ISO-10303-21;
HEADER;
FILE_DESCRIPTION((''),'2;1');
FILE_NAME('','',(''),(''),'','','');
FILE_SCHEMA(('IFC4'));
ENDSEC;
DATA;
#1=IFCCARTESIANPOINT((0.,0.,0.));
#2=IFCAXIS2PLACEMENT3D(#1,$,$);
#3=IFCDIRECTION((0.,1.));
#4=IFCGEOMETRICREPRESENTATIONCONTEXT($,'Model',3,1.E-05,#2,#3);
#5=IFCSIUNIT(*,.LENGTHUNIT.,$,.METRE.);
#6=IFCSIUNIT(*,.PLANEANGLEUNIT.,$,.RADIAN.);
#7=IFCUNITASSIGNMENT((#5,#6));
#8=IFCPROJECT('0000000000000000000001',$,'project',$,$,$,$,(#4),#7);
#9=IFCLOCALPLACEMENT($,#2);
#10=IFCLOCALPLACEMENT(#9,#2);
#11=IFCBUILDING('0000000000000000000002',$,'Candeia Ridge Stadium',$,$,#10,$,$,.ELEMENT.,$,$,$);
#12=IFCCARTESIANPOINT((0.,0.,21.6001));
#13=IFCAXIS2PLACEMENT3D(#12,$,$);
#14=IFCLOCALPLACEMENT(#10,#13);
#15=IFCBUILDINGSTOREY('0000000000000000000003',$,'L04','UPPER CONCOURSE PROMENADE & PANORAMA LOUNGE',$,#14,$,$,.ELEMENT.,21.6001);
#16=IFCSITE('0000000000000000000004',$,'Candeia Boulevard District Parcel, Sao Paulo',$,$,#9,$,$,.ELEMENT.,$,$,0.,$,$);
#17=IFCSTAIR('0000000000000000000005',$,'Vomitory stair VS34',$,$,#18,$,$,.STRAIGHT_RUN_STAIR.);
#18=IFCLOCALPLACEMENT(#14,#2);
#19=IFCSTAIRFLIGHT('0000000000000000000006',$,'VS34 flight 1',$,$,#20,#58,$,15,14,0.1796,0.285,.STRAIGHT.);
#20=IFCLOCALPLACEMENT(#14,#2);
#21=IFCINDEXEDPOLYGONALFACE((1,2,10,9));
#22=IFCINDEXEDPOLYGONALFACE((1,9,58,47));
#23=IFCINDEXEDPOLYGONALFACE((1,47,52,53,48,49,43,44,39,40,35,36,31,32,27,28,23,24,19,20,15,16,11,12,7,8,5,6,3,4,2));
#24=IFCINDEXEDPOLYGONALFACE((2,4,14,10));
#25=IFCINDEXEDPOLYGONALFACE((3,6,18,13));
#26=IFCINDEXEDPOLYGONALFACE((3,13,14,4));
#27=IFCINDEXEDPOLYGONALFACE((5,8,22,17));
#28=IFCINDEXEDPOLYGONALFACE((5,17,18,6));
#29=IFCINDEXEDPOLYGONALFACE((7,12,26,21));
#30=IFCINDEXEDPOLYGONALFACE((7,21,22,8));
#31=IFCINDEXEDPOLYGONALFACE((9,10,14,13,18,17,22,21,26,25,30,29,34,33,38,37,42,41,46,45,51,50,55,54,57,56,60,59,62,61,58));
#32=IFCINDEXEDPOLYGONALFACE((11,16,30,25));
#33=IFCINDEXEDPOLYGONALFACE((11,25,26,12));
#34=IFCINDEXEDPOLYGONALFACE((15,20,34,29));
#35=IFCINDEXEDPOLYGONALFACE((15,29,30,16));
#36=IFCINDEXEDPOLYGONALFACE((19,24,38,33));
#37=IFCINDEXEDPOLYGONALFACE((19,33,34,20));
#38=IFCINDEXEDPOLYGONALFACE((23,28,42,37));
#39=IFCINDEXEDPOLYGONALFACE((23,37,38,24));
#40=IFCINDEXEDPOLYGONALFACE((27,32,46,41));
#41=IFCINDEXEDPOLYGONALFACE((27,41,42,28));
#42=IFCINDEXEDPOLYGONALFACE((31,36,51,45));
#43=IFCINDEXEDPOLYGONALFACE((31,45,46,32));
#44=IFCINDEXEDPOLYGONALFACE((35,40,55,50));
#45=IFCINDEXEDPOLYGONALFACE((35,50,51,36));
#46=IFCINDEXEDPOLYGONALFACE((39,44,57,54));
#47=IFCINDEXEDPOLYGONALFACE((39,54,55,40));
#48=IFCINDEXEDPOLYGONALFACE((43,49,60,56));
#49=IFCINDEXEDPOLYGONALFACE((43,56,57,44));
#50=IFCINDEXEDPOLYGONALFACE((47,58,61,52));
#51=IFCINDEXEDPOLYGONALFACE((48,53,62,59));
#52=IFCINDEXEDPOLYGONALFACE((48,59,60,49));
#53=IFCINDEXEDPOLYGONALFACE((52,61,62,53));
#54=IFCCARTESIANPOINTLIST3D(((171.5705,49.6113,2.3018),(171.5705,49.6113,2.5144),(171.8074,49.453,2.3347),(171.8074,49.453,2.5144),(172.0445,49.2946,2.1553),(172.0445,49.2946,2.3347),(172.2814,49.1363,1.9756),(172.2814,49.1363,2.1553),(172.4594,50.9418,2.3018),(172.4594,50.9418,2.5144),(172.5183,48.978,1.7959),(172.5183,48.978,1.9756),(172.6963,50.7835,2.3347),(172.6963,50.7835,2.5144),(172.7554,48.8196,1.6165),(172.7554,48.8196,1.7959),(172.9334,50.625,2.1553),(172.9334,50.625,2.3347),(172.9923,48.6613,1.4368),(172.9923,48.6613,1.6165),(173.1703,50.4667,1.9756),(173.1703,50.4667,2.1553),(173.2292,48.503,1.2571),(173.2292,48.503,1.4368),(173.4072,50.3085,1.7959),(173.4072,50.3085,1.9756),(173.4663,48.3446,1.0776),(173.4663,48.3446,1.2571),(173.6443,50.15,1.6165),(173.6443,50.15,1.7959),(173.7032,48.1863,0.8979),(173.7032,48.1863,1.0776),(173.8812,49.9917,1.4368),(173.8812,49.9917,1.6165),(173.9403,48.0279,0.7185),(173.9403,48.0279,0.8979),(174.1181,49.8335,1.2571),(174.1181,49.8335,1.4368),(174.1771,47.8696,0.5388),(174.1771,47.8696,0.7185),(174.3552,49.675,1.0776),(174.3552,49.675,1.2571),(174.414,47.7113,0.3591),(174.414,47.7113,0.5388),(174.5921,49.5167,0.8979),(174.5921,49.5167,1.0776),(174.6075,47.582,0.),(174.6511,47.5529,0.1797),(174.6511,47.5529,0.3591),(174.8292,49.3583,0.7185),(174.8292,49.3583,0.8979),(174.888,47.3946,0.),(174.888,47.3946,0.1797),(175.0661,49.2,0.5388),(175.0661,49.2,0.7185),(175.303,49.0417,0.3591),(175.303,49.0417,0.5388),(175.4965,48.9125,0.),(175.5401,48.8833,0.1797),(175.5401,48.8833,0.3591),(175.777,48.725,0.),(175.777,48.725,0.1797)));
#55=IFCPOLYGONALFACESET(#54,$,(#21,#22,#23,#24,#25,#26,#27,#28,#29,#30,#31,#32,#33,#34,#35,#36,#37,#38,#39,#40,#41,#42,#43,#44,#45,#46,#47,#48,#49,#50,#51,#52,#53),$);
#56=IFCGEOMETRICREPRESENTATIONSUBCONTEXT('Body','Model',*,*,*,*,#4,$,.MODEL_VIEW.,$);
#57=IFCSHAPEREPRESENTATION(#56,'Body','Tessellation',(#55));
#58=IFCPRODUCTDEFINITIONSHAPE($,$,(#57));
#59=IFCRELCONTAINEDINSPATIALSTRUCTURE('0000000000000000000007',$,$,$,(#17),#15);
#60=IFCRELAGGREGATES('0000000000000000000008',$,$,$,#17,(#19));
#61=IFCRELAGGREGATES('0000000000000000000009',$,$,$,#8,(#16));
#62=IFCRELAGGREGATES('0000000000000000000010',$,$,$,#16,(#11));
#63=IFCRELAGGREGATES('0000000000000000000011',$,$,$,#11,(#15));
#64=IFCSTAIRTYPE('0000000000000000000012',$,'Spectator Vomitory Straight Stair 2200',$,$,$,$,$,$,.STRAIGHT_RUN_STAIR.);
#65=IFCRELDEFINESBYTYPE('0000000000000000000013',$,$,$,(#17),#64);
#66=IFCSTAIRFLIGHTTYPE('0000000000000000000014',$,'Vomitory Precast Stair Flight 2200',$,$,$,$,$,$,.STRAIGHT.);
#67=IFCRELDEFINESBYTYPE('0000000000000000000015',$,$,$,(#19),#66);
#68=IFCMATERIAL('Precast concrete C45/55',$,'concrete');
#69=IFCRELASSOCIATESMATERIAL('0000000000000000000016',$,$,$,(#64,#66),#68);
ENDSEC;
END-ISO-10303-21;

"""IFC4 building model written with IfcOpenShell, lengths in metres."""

from ifc_helpers import new_model, si_unit, direction, frame, origin, place, context, subcontext, project, spatial, polyline, outline, extrude, material, type_object, element, aggregate, save


model = new_model("IFC4")

# Units and contexts
model_context = context("Model", 3, precision=1e-05, world=origin(), true_north=direction((0.0, 1.0)))
body_context = subcontext(model_context, "Body", "Model", "MODEL_VIEW")
ifc_project = project(units=[si_unit("LENGTHUNIT", "METRE"), si_unit("PLANEANGLEUNIT", "RADIAN")], contexts=[model_context])

# Site, building, storey
site_placement = place(None, origin())
site = spatial("IfcSite", under=ifc_project, at=site_placement, Name="Candeia Boulevard District Parcel, Sao Paulo", CompositionType="ELEMENT", RefElevation=0.0)
building_placement = place(site_placement, origin())
building = spatial("IfcBuilding", under=site, at=building_placement, Name="Candeia Ridge Stadium", CompositionType="ELEMENT")
storey_placement = place(building_placement, frame((0.0, 0.0, 21.6001)))
storey = spatial("IfcBuildingStorey", under=building, at=storey_placement, Name="L04", Description="UPPER CONCOURSE PROMENADE & PANORAMA LOUNGE", CompositionType="ELEMENT", Elevation=21.6001)

# Shared definitions
ifc_material_1 = material(Name="Precast concrete C45/55", Category="concrete")

# Stair, stair flight
stair_type = type_object("IfcStairType", Name="Spectator Vomitory Straight Stair 2200", PredefinedType="STRAIGHT_RUN_STAIR", material=ifc_material_1)
stair_placement = place(storey_placement, origin())
stair = element("IfcStair", 1, at=stair_placement, inside=storey, type_object=stair_type, Name="Vomitory stair VS34", PredefinedType="STRAIGHT_RUN_STAIR")
stair_flight_type = type_object("IfcStairFlightType", Name="Vomitory Precast Stair Flight 2200", PredefinedType="STRAIGHT", material=ifc_material_1)
stair_flight_placement = place(storey_placement, frame((175.3325, 48.0598, 0.0), z_axis=(0.0, 0.0, 1.0), x_axis=(-0.83147, 0.55557, 0.0)))
stair_flight = element("IfcStairFlight", 2, at=stair_flight_placement, type_object=stair_flight_type, Name="VS34 flight 1", NumberOfRisers=15, NumberOfTreads=14, PredefinedType="STRAIGHT", RiserHeight=0.1796, TreadLength=0.285, context=body_context, shape_type="SweptSolid", body=[
    extrude(outline(polyline([(0.0, 0.0), (0.0, 0.1797), (0.2849, 0.1797), (0.2849, 0.3591), (0.5701, 0.3591), (0.5701, 0.5388), (0.855, 0.5388), (0.855, 0.7185), (1.1399, 0.7185), (1.1399, 0.8979), (1.425, 0.8979), (1.425, 1.0776), (1.71, 1.0776), (1.71, 1.2571), (1.9951, 1.2571), (1.9951, 1.4368), (2.28, 1.4368), (2.28, 1.6165), (2.5649, 1.6165), (2.5649, 1.7959), (2.8501, 1.7959), (2.8501, 1.9756), (3.135, 1.9756), (3.135, 2.1553), (3.4199, 2.1553), (3.4199, 2.3347), (3.7051, 2.3347), (3.7051, 2.5144), (3.99, 2.5144), (3.99, 2.6941), (3.99, 2.3018), (0.3374, 0.0), (0.0, 0.0)])), frame((0.0, 0.8, 0.0), z_axis=(0.0, -1.0, 0.0), x_axis=(1.0, 0.0, 0.0)), (0.0, 0.0, 1.0), 1.6001),
])
aggregate(stair, [stair_flight])

save(model, "model.ifc")
